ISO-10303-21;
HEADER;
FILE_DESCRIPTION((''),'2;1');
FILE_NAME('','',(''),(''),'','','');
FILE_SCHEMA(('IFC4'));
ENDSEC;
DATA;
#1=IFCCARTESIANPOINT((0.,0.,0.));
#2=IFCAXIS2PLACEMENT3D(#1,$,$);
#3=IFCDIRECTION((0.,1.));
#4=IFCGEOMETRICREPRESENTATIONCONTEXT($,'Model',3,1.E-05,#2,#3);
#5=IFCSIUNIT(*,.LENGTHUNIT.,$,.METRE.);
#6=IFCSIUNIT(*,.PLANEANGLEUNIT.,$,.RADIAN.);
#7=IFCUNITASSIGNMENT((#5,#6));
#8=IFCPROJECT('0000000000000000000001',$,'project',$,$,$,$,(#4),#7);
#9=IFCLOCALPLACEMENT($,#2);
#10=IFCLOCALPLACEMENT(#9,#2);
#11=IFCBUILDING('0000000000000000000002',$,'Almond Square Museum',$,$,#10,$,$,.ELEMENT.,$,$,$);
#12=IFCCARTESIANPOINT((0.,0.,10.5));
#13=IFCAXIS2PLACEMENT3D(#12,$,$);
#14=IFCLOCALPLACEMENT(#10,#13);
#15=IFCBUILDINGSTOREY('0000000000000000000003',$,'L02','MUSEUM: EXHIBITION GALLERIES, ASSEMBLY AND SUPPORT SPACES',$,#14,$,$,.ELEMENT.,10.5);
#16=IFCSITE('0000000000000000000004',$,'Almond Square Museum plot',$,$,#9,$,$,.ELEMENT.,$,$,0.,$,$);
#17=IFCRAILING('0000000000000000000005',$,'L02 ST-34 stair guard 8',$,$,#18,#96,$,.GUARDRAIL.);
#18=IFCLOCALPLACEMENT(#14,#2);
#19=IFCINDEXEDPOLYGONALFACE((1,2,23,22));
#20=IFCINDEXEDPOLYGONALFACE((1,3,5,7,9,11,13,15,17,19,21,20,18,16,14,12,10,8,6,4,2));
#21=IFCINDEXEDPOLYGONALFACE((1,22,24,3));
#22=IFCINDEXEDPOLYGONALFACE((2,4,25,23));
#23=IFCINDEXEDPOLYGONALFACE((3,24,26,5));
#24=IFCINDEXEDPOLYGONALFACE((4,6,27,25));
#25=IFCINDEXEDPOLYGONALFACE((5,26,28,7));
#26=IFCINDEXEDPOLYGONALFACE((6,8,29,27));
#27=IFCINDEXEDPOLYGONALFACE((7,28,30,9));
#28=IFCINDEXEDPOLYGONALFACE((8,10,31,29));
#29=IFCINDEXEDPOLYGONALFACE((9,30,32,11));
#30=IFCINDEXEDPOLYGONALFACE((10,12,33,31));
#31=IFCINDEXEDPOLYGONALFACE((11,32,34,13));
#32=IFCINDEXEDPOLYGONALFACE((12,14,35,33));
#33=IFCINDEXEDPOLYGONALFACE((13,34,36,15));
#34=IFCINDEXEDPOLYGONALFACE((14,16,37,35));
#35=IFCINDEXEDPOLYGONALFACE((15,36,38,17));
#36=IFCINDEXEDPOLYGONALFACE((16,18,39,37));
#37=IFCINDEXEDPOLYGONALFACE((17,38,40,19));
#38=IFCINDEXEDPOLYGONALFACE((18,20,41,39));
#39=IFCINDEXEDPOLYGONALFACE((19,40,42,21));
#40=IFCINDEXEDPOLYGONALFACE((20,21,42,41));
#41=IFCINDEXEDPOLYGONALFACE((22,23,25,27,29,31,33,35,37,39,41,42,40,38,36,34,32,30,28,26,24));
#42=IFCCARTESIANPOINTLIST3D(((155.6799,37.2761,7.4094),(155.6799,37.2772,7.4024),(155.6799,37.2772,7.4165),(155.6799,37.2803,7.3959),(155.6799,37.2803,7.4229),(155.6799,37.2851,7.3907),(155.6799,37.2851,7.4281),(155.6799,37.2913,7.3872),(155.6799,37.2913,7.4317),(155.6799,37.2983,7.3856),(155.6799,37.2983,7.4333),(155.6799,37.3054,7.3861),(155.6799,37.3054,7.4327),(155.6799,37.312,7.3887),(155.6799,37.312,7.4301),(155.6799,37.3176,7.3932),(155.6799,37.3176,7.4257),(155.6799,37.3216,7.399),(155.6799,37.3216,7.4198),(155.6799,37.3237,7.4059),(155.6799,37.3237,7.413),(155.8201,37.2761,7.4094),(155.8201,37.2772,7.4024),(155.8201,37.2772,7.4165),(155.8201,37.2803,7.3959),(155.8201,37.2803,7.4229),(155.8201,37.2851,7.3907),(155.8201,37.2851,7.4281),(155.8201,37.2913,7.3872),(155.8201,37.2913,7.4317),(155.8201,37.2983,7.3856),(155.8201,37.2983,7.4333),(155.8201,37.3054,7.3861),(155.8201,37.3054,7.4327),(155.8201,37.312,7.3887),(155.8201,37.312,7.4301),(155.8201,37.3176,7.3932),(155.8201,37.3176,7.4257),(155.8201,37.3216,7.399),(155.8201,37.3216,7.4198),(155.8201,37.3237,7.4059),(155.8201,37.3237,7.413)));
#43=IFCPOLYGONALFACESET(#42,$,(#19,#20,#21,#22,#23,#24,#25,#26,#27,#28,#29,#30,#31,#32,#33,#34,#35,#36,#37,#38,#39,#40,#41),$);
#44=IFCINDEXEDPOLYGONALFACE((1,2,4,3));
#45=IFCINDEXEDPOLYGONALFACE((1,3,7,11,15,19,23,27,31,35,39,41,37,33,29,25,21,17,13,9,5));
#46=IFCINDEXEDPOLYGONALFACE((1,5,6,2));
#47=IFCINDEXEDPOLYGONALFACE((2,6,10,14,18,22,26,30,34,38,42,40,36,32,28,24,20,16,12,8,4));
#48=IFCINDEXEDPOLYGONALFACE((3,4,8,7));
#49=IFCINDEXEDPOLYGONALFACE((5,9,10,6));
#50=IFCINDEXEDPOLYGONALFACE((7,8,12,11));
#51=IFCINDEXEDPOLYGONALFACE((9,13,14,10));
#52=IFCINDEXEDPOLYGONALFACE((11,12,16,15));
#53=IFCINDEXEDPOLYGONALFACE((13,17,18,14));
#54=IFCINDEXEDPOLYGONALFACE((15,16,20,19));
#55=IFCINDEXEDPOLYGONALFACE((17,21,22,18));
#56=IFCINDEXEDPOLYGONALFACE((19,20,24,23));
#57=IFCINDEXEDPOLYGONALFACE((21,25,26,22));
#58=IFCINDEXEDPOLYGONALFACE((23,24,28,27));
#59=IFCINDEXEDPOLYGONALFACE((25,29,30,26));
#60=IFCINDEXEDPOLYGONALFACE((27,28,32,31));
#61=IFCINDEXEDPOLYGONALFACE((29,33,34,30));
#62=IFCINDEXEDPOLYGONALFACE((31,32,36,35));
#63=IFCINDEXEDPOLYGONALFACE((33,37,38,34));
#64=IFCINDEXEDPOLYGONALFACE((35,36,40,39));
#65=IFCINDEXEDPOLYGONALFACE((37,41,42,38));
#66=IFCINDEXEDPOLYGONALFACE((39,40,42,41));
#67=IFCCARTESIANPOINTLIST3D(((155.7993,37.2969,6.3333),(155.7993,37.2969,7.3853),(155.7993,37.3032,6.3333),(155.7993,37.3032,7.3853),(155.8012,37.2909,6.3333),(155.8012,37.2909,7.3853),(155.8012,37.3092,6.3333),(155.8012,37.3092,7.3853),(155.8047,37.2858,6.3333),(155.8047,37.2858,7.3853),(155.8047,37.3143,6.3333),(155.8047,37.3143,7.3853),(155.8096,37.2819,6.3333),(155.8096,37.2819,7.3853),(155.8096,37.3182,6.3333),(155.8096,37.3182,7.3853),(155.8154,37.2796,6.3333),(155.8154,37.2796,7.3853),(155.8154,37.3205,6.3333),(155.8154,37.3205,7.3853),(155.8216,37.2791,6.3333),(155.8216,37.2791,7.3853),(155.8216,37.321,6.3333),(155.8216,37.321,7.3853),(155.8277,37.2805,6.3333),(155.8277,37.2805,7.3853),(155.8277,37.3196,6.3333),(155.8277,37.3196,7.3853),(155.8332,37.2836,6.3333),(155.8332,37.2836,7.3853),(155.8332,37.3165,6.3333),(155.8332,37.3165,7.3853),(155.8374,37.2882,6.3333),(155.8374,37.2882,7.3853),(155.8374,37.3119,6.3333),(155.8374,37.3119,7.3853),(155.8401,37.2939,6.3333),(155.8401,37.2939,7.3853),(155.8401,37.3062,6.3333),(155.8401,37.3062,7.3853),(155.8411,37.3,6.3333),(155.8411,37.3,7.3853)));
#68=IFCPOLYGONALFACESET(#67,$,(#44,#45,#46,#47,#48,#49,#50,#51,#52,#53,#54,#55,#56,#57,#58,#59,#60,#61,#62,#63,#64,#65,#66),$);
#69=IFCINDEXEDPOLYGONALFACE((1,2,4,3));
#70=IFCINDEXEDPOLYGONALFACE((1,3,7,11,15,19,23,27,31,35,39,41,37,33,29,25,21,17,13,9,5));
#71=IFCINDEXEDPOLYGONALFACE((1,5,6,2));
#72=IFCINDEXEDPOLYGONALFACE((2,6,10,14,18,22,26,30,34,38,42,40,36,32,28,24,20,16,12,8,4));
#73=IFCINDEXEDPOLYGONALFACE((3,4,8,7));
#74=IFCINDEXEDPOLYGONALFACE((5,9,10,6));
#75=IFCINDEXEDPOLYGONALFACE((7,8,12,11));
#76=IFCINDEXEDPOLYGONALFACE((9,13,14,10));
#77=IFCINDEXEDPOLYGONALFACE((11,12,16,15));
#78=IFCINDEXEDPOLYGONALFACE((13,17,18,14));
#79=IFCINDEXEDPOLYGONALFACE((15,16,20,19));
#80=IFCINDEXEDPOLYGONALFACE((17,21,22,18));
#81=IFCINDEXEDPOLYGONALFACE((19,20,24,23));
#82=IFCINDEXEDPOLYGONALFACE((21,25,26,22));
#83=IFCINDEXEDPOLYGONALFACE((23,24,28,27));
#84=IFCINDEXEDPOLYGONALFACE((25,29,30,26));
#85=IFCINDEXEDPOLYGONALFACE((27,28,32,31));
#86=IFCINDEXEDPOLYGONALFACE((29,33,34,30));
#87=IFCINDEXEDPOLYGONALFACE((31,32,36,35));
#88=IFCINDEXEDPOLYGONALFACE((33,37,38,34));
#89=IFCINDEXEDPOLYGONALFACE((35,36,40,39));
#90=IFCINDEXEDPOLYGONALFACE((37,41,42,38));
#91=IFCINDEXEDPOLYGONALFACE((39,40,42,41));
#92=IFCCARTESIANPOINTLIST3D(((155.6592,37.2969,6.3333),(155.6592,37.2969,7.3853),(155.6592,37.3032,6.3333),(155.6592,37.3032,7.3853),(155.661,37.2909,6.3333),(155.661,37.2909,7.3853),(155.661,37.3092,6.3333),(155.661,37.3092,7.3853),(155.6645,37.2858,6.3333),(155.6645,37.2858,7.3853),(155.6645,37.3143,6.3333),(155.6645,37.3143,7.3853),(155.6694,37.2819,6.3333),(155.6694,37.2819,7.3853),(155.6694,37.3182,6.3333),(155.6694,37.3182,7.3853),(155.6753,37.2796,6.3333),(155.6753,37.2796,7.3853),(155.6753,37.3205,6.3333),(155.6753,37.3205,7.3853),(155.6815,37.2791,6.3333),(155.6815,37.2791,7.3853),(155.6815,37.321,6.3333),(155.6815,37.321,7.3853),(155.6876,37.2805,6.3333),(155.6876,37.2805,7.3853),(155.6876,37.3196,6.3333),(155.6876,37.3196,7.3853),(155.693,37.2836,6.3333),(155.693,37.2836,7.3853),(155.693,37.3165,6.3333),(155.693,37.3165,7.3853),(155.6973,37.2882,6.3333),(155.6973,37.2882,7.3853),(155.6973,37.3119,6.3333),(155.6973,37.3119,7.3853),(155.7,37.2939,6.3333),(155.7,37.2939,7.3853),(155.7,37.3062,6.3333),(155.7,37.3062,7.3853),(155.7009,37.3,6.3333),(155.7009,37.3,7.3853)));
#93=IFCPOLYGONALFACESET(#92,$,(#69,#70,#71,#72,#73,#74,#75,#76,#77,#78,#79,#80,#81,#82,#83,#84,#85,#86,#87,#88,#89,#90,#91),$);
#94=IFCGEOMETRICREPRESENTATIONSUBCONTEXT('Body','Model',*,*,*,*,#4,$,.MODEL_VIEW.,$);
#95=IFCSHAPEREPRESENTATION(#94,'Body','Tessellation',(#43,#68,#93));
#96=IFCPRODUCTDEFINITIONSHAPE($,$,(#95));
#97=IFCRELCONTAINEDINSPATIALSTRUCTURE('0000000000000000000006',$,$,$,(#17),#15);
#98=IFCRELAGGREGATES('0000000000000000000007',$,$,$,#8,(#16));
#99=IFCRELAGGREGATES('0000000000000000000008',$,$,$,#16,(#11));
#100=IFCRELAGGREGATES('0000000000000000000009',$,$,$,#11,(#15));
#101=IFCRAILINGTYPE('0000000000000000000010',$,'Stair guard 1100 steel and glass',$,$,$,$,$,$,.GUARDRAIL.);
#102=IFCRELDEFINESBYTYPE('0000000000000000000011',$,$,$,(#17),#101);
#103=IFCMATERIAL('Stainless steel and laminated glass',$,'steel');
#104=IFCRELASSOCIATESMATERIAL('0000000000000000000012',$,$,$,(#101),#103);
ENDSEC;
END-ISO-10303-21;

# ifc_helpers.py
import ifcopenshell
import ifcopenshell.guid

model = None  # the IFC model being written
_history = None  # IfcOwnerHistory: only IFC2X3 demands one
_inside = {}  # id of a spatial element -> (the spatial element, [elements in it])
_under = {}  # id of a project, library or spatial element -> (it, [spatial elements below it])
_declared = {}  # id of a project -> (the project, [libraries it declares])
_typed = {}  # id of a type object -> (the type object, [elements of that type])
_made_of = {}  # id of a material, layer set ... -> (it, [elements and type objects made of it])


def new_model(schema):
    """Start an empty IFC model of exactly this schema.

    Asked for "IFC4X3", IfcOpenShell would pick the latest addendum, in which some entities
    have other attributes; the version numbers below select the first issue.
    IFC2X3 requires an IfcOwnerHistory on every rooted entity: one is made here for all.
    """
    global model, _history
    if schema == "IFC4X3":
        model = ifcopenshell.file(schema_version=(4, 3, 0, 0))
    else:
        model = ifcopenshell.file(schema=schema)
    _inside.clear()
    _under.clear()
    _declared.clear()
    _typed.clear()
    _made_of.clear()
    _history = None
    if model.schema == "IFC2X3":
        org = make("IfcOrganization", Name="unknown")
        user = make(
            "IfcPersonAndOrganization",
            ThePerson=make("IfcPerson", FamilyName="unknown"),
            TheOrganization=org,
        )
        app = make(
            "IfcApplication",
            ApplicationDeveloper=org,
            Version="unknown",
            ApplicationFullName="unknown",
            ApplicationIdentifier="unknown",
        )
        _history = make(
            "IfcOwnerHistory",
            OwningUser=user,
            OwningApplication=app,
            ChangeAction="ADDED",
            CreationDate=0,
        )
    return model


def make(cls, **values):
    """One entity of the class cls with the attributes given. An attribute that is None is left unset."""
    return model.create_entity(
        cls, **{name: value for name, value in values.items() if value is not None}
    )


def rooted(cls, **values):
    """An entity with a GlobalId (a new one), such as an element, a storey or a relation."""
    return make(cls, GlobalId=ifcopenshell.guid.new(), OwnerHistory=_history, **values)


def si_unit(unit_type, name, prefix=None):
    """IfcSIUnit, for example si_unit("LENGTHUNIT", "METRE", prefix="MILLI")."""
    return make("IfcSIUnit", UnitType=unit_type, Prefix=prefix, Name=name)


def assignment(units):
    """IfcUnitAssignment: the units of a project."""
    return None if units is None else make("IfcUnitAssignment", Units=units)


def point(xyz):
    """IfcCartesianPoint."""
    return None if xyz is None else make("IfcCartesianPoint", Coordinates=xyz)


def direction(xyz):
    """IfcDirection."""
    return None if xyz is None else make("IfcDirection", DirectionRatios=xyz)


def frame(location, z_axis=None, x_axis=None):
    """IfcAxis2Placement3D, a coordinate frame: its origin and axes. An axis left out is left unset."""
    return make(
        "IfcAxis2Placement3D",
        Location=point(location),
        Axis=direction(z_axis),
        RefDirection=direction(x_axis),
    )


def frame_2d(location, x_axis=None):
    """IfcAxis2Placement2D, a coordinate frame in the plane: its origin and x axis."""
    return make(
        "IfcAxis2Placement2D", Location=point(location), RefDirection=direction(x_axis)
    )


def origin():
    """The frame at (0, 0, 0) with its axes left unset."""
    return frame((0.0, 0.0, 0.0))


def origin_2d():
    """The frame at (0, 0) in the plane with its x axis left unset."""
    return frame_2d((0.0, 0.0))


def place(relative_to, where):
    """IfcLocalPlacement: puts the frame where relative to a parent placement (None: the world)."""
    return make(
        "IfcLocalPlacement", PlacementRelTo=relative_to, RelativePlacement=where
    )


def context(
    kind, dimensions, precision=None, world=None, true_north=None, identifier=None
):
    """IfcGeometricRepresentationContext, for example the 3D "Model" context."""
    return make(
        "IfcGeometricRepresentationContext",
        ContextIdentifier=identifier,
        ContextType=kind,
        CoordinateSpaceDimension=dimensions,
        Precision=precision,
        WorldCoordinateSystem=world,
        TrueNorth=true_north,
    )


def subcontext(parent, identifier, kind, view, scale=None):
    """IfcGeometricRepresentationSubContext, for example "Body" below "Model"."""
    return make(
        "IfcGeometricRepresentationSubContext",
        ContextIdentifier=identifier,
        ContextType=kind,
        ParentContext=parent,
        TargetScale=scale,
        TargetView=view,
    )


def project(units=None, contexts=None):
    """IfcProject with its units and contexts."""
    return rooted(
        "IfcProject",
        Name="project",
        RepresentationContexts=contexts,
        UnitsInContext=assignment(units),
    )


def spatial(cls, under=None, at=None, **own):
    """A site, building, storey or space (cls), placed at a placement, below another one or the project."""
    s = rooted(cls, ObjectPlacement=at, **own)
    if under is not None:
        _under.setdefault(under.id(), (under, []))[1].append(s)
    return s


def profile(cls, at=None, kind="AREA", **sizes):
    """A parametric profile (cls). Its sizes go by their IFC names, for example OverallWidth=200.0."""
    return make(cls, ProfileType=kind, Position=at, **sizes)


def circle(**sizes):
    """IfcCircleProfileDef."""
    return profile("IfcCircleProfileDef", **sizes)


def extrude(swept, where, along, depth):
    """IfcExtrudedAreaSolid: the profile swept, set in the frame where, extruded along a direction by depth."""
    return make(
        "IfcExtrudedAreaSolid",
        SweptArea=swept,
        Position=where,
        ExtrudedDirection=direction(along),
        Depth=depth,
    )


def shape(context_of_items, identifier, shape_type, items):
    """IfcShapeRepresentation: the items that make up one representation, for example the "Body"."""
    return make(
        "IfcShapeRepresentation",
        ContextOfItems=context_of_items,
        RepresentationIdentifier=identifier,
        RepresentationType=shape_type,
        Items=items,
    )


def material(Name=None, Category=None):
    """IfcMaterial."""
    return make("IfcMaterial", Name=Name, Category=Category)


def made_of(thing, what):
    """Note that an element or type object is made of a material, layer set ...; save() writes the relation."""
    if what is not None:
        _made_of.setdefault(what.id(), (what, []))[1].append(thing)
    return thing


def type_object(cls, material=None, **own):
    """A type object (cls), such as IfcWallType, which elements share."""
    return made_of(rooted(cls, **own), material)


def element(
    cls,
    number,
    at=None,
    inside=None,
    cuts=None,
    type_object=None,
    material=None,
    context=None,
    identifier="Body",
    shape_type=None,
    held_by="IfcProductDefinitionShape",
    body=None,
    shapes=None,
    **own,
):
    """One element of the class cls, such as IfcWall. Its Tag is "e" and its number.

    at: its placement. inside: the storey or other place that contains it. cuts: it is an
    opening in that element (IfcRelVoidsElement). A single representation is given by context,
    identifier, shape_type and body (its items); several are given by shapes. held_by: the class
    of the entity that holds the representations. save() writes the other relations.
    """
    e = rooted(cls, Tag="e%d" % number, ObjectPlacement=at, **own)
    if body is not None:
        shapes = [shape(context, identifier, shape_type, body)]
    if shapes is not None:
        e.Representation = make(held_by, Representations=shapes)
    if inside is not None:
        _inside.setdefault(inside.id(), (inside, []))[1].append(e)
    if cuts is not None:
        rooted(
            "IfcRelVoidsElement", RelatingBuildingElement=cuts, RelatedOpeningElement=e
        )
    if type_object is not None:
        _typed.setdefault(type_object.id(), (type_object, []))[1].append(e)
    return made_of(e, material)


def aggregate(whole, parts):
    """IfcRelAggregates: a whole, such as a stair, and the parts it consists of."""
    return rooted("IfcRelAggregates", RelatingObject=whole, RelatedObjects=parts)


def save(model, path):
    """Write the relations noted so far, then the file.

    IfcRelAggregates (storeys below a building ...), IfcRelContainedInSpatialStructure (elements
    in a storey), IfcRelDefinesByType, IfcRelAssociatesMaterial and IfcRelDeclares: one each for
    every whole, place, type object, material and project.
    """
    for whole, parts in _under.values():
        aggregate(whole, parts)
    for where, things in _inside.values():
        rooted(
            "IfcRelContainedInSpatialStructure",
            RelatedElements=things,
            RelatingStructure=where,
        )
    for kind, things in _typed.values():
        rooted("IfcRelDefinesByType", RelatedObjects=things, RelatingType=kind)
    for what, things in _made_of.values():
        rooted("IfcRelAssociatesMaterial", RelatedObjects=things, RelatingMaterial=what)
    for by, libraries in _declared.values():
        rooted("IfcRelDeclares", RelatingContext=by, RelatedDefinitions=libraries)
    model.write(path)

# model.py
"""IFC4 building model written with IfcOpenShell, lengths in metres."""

from ifc_helpers import new_model, si_unit, direction, frame, origin, origin_2d, place, context, subcontext, project, spatial, circle, extrude, material, type_object, element, save


model = new_model("IFC4")

# Units and contexts
model_context = context("Model", 3, precision=1e-05, world=origin(), true_north=direction((0.0, 1.0)))
body_context = subcontext(model_context, "Body", "Model", "MODEL_VIEW")
ifc_project = project(units=[si_unit("LENGTHUNIT", "METRE"), si_unit("PLANEANGLEUNIT", "RADIAN")], contexts=[model_context])

# Site, building, storey
site_placement = place(None, origin())
site = spatial("IfcSite", under=ifc_project, at=site_placement, Name="Almond Square Museum plot", CompositionType="ELEMENT", RefElevation=0.0)
building_placement = place(site_placement, origin())
building = spatial("IfcBuilding", under=site, at=building_placement, Name="Almond Square Museum", CompositionType="ELEMENT")
storey_placement = place(building_placement, frame((0.0, 0.0, 10.5)))
storey = spatial("IfcBuildingStorey", under=building, at=storey_placement, Name="L02", Description="MUSEUM: EXHIBITION GALLERIES, ASSEMBLY AND SUPPORT SPACES", CompositionType="ELEMENT", Elevation=10.5)

# Railing
ifc_material_1 = material(Name="Stainless steel and laminated glass", Category="steel")
railing_type_1 = type_object("IfcRailingType", Name="Stair guard 1100 steel and glass", PredefinedType="GUARDRAIL", material=ifc_material_1)
railing_1_placement = place(storey_placement, frame((155.8201, 37.3, 6.3333)))
element("IfcRailing", 1, at=railing_1_placement, inside=storey, type_object=railing_type_1, Name="L02 ST-34 stair guard 8", PredefinedType="GUARDRAIL", context=body_context, shape_type="SweptSolid", body=[
    extrude(circle(Radius=0.0239, at=origin_2d()), frame((0.0, 0.0, 1.0762), z_axis=(-1.0, 0.0, 0.0), x_axis=(0.0, -1.0, 0.0)), (0.0, 0.0, 1.0), 0.1401),
    extrude(circle(Radius=0.021, at=origin_2d()), origin(), (0.0, 0.0, 1.0), 1.052),
    extrude(circle(Radius=0.021, at=origin_2d()), frame((-0.1401, 0.0, 0.0)), (0.0, 0.0, 1.0), 1.052),
])

save(model, "model.ifc")
